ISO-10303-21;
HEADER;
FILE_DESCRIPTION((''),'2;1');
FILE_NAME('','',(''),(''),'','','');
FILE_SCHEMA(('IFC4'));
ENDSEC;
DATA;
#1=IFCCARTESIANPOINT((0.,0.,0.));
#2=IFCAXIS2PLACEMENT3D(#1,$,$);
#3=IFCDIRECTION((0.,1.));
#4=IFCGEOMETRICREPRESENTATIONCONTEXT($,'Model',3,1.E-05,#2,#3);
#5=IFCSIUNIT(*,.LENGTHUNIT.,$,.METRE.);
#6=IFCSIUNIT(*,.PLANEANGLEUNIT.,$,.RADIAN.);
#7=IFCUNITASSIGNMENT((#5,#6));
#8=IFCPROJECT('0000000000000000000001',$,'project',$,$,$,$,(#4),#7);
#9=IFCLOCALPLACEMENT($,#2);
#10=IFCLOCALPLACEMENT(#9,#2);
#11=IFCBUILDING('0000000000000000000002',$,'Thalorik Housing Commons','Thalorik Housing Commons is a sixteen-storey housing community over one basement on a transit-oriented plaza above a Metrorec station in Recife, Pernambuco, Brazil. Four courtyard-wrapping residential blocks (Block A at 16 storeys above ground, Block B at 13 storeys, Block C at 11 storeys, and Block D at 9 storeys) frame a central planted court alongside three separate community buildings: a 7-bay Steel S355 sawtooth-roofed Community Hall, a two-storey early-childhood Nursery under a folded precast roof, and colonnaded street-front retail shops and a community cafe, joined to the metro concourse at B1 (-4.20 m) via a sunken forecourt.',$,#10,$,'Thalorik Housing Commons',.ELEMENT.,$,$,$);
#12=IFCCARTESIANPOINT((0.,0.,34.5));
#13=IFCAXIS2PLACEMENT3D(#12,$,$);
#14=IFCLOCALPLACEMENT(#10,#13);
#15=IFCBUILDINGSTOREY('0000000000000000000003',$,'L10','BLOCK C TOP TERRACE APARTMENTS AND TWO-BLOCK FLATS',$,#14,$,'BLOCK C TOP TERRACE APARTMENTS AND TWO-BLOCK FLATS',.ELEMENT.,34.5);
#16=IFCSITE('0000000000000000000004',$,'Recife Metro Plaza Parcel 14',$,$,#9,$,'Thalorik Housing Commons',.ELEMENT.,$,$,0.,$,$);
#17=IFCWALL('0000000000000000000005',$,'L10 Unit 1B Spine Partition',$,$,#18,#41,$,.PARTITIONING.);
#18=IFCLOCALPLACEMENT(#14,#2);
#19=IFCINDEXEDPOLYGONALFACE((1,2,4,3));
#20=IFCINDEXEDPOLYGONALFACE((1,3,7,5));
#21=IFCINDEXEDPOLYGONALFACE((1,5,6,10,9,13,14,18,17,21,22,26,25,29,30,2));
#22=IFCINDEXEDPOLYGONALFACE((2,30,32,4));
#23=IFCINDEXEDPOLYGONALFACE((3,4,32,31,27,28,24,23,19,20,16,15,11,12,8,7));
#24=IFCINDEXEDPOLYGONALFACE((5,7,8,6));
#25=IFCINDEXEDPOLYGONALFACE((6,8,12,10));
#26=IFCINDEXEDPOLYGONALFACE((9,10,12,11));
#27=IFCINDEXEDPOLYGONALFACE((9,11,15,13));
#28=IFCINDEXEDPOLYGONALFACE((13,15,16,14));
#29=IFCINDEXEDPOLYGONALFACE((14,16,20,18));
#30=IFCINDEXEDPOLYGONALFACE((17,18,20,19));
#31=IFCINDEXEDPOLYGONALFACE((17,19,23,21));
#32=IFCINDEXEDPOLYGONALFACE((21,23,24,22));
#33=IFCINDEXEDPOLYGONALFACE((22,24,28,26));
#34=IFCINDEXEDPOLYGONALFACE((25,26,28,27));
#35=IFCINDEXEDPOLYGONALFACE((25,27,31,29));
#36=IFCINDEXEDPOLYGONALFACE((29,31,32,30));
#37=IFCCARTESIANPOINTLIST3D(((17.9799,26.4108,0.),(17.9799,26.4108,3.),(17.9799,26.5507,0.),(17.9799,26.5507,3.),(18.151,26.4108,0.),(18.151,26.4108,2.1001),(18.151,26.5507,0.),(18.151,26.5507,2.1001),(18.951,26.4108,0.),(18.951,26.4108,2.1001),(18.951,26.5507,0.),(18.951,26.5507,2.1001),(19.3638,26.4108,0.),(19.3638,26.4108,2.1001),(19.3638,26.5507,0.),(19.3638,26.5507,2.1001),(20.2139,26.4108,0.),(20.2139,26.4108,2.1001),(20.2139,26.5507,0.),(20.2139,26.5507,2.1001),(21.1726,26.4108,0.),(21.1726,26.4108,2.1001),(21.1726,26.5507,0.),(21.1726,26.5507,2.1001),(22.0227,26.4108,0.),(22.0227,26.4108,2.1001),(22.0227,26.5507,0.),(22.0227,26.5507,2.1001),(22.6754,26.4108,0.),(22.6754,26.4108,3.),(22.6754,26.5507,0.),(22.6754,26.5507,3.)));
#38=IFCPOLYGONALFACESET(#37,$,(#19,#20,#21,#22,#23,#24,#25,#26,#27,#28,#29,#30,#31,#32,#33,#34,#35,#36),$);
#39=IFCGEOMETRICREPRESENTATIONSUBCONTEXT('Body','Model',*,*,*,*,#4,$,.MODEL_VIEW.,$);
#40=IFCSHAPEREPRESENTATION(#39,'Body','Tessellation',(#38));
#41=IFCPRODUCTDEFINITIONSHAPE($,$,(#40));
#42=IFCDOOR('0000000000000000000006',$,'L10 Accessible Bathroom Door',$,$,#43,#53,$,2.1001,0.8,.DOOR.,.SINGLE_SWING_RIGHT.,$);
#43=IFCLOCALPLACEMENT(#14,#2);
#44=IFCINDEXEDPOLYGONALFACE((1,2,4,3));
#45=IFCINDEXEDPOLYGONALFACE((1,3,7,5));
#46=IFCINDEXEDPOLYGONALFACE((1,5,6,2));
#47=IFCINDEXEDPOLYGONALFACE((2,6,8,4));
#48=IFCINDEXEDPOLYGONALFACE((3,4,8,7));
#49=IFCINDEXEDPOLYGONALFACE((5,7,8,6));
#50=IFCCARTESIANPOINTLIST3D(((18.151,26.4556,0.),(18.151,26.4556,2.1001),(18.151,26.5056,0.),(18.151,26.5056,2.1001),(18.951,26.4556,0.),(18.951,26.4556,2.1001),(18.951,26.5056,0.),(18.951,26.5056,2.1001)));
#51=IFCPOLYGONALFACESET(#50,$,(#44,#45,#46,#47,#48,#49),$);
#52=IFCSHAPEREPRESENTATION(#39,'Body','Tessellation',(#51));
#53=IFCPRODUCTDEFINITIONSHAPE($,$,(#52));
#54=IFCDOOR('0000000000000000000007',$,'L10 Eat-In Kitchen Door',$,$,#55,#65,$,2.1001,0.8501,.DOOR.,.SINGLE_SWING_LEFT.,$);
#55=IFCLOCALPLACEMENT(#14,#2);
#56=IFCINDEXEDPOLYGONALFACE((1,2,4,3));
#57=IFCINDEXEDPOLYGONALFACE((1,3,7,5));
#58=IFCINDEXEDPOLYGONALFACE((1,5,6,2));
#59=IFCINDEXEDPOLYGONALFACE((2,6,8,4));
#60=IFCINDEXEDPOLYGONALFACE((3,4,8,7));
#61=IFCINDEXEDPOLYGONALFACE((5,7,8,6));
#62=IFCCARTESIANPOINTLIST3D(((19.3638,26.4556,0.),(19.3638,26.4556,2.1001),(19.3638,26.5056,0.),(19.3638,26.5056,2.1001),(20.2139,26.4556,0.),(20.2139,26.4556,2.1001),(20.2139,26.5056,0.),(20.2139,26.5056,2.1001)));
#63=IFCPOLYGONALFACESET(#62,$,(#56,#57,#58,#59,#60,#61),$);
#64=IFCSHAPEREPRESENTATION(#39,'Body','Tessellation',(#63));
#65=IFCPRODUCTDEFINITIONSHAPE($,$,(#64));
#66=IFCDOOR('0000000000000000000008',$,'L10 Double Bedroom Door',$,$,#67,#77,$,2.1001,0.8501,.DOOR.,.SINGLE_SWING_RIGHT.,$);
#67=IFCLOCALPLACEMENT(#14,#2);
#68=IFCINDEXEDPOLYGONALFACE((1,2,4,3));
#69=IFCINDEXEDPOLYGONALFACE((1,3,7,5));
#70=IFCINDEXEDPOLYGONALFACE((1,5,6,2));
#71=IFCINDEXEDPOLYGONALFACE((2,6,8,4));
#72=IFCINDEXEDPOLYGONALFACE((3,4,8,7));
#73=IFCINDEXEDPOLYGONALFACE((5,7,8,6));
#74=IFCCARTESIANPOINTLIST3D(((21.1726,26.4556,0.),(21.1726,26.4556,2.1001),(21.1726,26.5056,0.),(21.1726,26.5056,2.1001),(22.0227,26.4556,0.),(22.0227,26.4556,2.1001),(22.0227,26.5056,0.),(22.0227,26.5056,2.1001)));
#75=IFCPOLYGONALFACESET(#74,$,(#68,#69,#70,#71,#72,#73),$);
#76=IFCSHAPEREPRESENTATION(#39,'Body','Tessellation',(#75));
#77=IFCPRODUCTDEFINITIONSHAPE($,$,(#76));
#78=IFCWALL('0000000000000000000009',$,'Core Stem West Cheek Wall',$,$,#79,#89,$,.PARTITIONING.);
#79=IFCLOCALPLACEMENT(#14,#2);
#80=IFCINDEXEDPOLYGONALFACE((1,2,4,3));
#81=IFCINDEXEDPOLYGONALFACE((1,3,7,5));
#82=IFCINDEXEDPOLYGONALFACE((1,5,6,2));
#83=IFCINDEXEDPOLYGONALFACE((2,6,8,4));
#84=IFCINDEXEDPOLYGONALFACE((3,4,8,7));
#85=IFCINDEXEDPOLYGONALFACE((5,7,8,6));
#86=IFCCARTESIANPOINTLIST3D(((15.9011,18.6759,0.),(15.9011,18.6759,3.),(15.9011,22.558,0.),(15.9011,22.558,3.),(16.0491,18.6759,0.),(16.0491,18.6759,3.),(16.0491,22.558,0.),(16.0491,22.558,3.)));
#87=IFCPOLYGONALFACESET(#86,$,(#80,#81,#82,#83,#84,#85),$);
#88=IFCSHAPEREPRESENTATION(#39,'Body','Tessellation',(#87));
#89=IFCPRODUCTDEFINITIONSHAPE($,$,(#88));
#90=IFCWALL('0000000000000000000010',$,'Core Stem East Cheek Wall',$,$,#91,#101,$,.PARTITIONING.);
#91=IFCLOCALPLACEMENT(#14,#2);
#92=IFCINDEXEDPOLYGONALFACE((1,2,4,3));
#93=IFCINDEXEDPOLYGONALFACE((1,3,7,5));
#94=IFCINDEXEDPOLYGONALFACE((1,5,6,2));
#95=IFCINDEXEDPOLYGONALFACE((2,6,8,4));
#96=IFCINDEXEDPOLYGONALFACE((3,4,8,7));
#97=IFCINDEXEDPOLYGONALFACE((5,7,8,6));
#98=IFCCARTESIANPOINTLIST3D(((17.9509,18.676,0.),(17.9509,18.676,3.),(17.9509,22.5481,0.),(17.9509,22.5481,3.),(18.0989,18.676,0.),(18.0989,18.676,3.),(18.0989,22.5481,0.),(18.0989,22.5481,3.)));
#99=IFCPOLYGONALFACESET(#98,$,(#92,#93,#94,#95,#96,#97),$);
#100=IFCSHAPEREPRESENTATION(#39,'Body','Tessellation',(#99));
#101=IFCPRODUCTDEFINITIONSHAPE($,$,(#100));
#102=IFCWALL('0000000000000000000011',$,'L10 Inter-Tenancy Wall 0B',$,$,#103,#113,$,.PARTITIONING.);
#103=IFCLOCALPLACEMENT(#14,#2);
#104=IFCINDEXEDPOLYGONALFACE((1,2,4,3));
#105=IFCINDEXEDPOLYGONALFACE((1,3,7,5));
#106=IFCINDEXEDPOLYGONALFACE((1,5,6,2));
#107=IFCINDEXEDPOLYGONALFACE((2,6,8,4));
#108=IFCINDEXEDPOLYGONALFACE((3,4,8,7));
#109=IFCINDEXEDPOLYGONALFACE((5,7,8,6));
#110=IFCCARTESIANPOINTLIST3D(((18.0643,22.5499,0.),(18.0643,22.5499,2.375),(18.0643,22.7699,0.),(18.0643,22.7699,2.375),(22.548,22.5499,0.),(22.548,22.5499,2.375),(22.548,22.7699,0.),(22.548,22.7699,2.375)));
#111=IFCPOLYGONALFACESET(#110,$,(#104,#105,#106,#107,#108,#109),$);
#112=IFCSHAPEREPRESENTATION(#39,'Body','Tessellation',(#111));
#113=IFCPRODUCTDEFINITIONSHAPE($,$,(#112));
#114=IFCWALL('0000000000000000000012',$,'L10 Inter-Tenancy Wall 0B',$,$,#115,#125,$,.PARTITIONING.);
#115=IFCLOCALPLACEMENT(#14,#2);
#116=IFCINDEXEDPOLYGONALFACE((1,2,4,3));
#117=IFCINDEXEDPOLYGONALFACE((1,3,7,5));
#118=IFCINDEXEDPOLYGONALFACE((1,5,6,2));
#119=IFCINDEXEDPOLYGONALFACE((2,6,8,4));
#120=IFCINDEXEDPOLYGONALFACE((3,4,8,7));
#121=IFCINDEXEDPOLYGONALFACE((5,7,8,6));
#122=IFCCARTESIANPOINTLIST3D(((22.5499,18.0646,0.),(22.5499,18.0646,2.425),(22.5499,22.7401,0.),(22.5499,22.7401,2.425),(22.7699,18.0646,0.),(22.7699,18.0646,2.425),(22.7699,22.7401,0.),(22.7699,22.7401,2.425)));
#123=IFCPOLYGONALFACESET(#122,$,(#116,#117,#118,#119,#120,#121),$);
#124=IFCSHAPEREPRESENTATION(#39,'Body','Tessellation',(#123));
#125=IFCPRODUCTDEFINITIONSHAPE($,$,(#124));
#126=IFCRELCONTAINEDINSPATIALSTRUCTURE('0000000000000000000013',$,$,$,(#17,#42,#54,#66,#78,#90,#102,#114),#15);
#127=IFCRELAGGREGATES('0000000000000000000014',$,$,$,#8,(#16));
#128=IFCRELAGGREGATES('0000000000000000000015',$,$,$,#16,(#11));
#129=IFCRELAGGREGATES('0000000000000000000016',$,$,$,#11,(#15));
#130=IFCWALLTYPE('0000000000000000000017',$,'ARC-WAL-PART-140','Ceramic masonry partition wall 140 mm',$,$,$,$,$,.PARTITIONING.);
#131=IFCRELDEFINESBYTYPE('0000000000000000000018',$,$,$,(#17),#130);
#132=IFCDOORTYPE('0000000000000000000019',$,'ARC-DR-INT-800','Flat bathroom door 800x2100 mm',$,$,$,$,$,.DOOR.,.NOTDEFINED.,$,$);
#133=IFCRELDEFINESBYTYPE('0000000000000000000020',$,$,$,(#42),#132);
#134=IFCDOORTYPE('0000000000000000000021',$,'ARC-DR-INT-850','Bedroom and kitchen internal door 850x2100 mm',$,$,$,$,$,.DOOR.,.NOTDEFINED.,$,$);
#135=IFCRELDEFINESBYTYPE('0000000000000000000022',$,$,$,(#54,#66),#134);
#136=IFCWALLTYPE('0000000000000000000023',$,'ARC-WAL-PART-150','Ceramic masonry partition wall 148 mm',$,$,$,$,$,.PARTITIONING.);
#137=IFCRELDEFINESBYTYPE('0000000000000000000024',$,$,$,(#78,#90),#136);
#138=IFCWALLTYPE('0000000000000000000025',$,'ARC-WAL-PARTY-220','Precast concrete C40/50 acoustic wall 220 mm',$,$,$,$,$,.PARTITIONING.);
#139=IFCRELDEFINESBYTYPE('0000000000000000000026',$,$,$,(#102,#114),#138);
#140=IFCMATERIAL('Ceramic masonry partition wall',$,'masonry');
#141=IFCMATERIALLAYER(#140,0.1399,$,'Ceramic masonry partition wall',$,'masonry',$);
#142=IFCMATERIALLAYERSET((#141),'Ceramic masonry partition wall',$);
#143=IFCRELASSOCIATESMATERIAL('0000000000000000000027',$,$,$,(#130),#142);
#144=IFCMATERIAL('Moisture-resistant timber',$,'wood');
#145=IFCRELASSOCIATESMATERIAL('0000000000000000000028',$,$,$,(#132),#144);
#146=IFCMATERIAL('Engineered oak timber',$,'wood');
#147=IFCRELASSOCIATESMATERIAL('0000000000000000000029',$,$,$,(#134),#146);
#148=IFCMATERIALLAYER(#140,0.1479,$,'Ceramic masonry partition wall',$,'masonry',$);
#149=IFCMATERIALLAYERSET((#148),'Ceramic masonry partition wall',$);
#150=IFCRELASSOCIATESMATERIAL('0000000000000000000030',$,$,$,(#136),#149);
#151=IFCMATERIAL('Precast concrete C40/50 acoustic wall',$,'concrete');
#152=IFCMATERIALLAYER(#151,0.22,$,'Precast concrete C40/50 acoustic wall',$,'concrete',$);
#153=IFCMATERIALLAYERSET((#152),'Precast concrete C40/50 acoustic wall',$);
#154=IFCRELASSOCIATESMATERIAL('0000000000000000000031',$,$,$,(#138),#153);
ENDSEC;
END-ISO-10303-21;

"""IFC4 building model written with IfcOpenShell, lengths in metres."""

from ifc_helpers import new_model, si_unit, direction, frame, frame_2d, origin, place, context, subcontext, project, spatial, rectangle, extrude, material, layer, layer_set, type_object, element, fill, save


model = new_model("IFC4")

# Units and contexts
model_context = context("Model", 3, precision=1e-05, world=origin(), true_north=direction((0.0, 1.0)))
body_context = subcontext(model_context, "Body", "Model", "MODEL_VIEW")
ifc_project = project(units=[si_unit("LENGTHUNIT", "METRE"), si_unit("PLANEANGLEUNIT", "RADIAN")], contexts=[model_context])

# Site, building, storey
site_placement = place(None, origin())
site = spatial("IfcSite", under=ifc_project, at=site_placement, Name="Recife Metro Plaza Parcel 14", LongName="Thalorik Housing Commons", CompositionType="ELEMENT", RefElevation=0.0)
building_placement = place(site_placement, origin())
building = spatial("IfcBuilding", under=site, at=building_placement, Name="Thalorik Housing Commons", Description="Thalorik Housing Commons is a sixteen-storey housing community over one basement on a transit-oriented plaza above a Metrorec station in Recife, Pernambuco, Brazil. Four courtyard-wrapping residential blocks (Block A at 16 storeys above ground, Block B at 13 storeys, Block C at 11 storeys, and Block D at 9 storeys) frame a central planted court alongside three separate community buildings: a 7-bay Steel S355 sawtooth-roofed Community Hall, a two-storey early-childhood Nursery under a folded precast roof, and colonnaded street-front retail shops and a community cafe, joined to the metro concourse at B1 (-4.20 m) via a sunken forecourt.", LongName="Thalorik Housing Commons", CompositionType="ELEMENT")
storey_placement = place(building_placement, frame((0.0, 0.0, 34.5)))
storey = spatial("IfcBuildingStorey", under=building, at=storey_placement, Name="L10", Description="BLOCK C TOP TERRACE APARTMENTS AND TWO-BLOCK FLATS", LongName="BLOCK C TOP TERRACE APARTMENTS AND TWO-BLOCK FLATS", CompositionType="ELEMENT", Elevation=34.5)

# Wall, openings, doors
ifc_material_1 = material(Name="Ceramic masonry partition wall", Category="masonry")
ifc_layer_1 = layer(ifc_material_1, 0.1399, Name="Ceramic masonry partition wall", Category="masonry")
ifc_layer_set_1 = layer_set([ifc_layer_1], Name="Ceramic masonry partition wall")
wall_type_1 = type_object("IfcWallType", Name="ARC-WAL-PART-140", Description="Ceramic masonry partition wall 140 mm", PredefinedType="PARTITIONING", material=ifc_layer_set_1)
wall_1_placement = place(storey_placement, frame((17.98, 26.4807, 0.0), z_axis=(0.0, 0.0, 1.0), x_axis=(1.0, 0.0, 0.0)))
wall_1 = element("IfcWall", 1, at=wall_1_placement, inside=storey, type_object=wall_type_1, Name="L10 Unit 1B Spine Partition", PredefinedType="PARTITIONING", context=body_context, shape_type="SweptSolid", body=[
    extrude(rectangle(XDim=4.6956, YDim=0.1399, at=frame_2d((2.3477, 0.0))), origin(), (0.0, 0.0, 1.0), 3.0),
])
opening_1_placement = place(wall_1_placement, frame((0.1711, 0.0, 0.0)))
opening_1 = element("IfcOpeningElement", 2, at=opening_1_placement, cuts=wall_1, PredefinedType="OPENING", context=body_context, shape_type="SweptSolid", body=[
    extrude(rectangle(XDim=0.8, YDim=2.1001, at=frame_2d((0.3999, 1.05))), frame((0.0, 0.0801, 0.0), z_axis=(0.0, -1.0, 0.0), x_axis=(1.0, 0.0, 0.0)), (0.0, 0.0, 1.0), 0.1599),
])
opening_2_placement = place(wall_1_placement, frame((1.3838, 0.0, 0.0)))
opening_2 = element("IfcOpeningElement", 3, at=opening_2_placement, cuts=wall_1, PredefinedType="OPENING", context=body_context, shape_type="SweptSolid", body=[
    extrude(rectangle(XDim=0.8501, YDim=2.1001, at=frame_2d((0.425, 1.05))), frame((0.0, 0.0801, 0.0), z_axis=(0.0, -1.0, 0.0), x_axis=(1.0, 0.0, 0.0)), (0.0, 0.0, 1.0), 0.1599),
])
opening_3_placement = place(wall_1_placement, frame((3.1926, 0.0, 0.0)))
opening_3 = element("IfcOpeningElement", 4, at=opening_3_placement, cuts=wall_1, PredefinedType="OPENING", context=body_context, shape_type="SweptSolid", body=[
    extrude(rectangle(XDim=0.8501, YDim=2.1001, at=frame_2d((0.425, 1.05))), frame((0.0, 0.0801, 0.0), z_axis=(0.0, -1.0, 0.0), x_axis=(1.0, 0.0, 0.0)), (0.0, 0.0, 1.0), 0.1599),
])
ifc_material_2 = material(Name="Moisture-resistant timber", Category="wood")
door_type_1 = type_object("IfcDoorType", Name="ARC-DR-INT-800", Description="Flat bathroom door 800x2100 mm", OperationType="NOTDEFINED", PredefinedType="DOOR", material=ifc_material_2)
door_1_placement = place(opening_1_placement, origin())
door_1 = element("IfcDoor", 5, at=door_1_placement, inside=storey, type_object=door_type_1, Name="L10 Accessible Bathroom Door", OperationType="SINGLE_SWING_RIGHT", OverallHeight=2.1001, OverallWidth=0.8, PredefinedType="DOOR", context=body_context, shape_type="SweptSolid", body=[
    extrude(rectangle(XDim=0.8, YDim=2.1001, at=frame_2d((0.3999, 1.05))), frame((0.0, 0.0249, 0.0), z_axis=(0.0, -1.0, 0.0), x_axis=(1.0, 0.0, 0.0)), (0.0, 0.0, 1.0), 0.05),
])
fill(opening_1, door_1)
ifc_material_3 = material(Name="Engineered oak timber", Category="wood")
door_type_2 = type_object("IfcDoorType", Name="ARC-DR-INT-850", Description="Bedroom and kitchen internal door 850x2100 mm", OperationType="NOTDEFINED", PredefinedType="DOOR", material=ifc_material_3)
door_2_placement = place(opening_2_placement, origin())
door_2 = element("IfcDoor", 6, at=door_2_placement, inside=storey, type_object=door_type_2, Name="L10 Eat-In Kitchen Door", OperationType="SINGLE_SWING_LEFT", OverallHeight=2.1001, OverallWidth=0.8501, PredefinedType="DOOR", context=body_context, shape_type="SweptSolid", body=[
    extrude(rectangle(XDim=0.8501, YDim=2.1001, at=frame_2d((0.425, 1.05))), frame((0.0, 0.0249, 0.0), z_axis=(0.0, -1.0, 0.0), x_axis=(1.0, 0.0, 0.0)), (0.0, 0.0, 1.0), 0.05),
])
fill(opening_2, door_2)
door_3_placement = place(opening_3_placement, origin())
door_3 = element("IfcDoor", 7, at=door_3_placement, inside=storey, type_object=door_type_2, Name="L10 Double Bedroom Door", OperationType="SINGLE_SWING_RIGHT", OverallHeight=2.1001, OverallWidth=0.8501, PredefinedType="DOOR", context=body_context, shape_type="SweptSolid", body=[
    extrude(rectangle(XDim=0.8501, YDim=2.1001, at=frame_2d((0.425, 1.05))), frame((0.0, 0.0249, 0.0), z_axis=(0.0, -1.0, 0.0), x_axis=(1.0, 0.0, 0.0)), (0.0, 0.0, 1.0), 0.05),
])
fill(opening_3, door_3)

# Walls
ifc_layer_2 = layer(ifc_material_1, 0.1479, Name="Ceramic masonry partition wall", Category="masonry")
ifc_layer_set_2 = layer_set([ifc_layer_2], Name="Ceramic masonry partition wall")
wall_type_2 = type_object("IfcWallType", Name="ARC-WAL-PART-150", Description="Ceramic masonry partition wall 148 mm", PredefinedType="PARTITIONING", material=ifc_layer_set_2)
wall_2_placement = place(storey_placement, frame((15.9751, 18.676, 0.0), z_axis=(0.0, 0.0, 1.0), x_axis=(0.0, 1.0, 0.0)))
element("IfcWall", 8, at=wall_2_placement, inside=storey, type_object=wall_type_2, Name="Core Stem West Cheek Wall", PredefinedType="PARTITIONING", context=body_context, shape_type="SweptSolid", body=[
    extrude(rectangle(XDim=3.8821, YDim=0.1479, at=frame_2d((1.9409, 0.0))), origin(), (0.0, 0.0, 1.0), 3.0),
])
wall_3_placement = place(storey_placement, frame((18.0249, 18.676, 0.0), z_axis=(0.0, 0.0, 1.0), x_axis=(0.0, 1.0, 0.0)))
element("IfcWall", 9, at=wall_3_placement, inside=storey, type_object=wall_type_2, Name="Core Stem East Cheek Wall", PredefinedType="PARTITIONING", context=body_context, shape_type="SweptSolid", body=[
    extrude(rectangle(XDim=3.8721, YDim=0.1479, at=frame_2d((1.936, 0.0))), origin(), (0.0, 0.0, 1.0), 3.0),
])

# Walls
ifc_material_4 = material(Name="Precast concrete C40/50 acoustic wall", Category="concrete")
ifc_layer_3 = layer(ifc_material_4, 0.22, Name="Precast concrete C40/50 acoustic wall", Category="concrete")
ifc_layer_set_3 = layer_set([ifc_layer_3], Name="Precast concrete C40/50 acoustic wall")
wall_type_3 = type_object("IfcWallType", Name="ARC-WAL-PARTY-220", Description="Precast concrete C40/50 acoustic wall 220 mm", PredefinedType="PARTITIONING", material=ifc_layer_set_3)
wall_4_placement = place(storey_placement, frame((18.0645, 22.6599, 0.0), z_axis=(0.0, 0.0, 1.0), x_axis=(1.0, 0.0, 0.0)))
element("IfcWall", 10, at=wall_4_placement, inside=storey, type_object=wall_type_3, Name="L10 Inter-Tenancy Wall 0B", PredefinedType="PARTITIONING", context=body_context, shape_type="SweptSolid", body=[
    extrude(rectangle(XDim=4.4836, YDim=0.22, at=frame_2d((2.2417, 0.0))), origin(), (0.0, 0.0, 1.0), 2.375),
])
wall_5_placement = place(storey_placement, frame((22.6599, 18.0645, 0.0), z_axis=(0.0, 0.0, 1.0), x_axis=(0.0, 1.0, 0.0)))
element("IfcWall", 11, at=wall_5_placement, inside=storey, type_object=wall_type_3, Name="L10 Inter-Tenancy Wall 0B", PredefinedType="PARTITIONING", context=body_context, shape_type="SweptSolid", body=[
    extrude(rectangle(XDim=4.6755, YDim=0.22, at=frame_2d((2.3379, 0.0))), origin(), (0.0, 0.0, 1.0), 2.425),
])

save(model, "model.ifc")
